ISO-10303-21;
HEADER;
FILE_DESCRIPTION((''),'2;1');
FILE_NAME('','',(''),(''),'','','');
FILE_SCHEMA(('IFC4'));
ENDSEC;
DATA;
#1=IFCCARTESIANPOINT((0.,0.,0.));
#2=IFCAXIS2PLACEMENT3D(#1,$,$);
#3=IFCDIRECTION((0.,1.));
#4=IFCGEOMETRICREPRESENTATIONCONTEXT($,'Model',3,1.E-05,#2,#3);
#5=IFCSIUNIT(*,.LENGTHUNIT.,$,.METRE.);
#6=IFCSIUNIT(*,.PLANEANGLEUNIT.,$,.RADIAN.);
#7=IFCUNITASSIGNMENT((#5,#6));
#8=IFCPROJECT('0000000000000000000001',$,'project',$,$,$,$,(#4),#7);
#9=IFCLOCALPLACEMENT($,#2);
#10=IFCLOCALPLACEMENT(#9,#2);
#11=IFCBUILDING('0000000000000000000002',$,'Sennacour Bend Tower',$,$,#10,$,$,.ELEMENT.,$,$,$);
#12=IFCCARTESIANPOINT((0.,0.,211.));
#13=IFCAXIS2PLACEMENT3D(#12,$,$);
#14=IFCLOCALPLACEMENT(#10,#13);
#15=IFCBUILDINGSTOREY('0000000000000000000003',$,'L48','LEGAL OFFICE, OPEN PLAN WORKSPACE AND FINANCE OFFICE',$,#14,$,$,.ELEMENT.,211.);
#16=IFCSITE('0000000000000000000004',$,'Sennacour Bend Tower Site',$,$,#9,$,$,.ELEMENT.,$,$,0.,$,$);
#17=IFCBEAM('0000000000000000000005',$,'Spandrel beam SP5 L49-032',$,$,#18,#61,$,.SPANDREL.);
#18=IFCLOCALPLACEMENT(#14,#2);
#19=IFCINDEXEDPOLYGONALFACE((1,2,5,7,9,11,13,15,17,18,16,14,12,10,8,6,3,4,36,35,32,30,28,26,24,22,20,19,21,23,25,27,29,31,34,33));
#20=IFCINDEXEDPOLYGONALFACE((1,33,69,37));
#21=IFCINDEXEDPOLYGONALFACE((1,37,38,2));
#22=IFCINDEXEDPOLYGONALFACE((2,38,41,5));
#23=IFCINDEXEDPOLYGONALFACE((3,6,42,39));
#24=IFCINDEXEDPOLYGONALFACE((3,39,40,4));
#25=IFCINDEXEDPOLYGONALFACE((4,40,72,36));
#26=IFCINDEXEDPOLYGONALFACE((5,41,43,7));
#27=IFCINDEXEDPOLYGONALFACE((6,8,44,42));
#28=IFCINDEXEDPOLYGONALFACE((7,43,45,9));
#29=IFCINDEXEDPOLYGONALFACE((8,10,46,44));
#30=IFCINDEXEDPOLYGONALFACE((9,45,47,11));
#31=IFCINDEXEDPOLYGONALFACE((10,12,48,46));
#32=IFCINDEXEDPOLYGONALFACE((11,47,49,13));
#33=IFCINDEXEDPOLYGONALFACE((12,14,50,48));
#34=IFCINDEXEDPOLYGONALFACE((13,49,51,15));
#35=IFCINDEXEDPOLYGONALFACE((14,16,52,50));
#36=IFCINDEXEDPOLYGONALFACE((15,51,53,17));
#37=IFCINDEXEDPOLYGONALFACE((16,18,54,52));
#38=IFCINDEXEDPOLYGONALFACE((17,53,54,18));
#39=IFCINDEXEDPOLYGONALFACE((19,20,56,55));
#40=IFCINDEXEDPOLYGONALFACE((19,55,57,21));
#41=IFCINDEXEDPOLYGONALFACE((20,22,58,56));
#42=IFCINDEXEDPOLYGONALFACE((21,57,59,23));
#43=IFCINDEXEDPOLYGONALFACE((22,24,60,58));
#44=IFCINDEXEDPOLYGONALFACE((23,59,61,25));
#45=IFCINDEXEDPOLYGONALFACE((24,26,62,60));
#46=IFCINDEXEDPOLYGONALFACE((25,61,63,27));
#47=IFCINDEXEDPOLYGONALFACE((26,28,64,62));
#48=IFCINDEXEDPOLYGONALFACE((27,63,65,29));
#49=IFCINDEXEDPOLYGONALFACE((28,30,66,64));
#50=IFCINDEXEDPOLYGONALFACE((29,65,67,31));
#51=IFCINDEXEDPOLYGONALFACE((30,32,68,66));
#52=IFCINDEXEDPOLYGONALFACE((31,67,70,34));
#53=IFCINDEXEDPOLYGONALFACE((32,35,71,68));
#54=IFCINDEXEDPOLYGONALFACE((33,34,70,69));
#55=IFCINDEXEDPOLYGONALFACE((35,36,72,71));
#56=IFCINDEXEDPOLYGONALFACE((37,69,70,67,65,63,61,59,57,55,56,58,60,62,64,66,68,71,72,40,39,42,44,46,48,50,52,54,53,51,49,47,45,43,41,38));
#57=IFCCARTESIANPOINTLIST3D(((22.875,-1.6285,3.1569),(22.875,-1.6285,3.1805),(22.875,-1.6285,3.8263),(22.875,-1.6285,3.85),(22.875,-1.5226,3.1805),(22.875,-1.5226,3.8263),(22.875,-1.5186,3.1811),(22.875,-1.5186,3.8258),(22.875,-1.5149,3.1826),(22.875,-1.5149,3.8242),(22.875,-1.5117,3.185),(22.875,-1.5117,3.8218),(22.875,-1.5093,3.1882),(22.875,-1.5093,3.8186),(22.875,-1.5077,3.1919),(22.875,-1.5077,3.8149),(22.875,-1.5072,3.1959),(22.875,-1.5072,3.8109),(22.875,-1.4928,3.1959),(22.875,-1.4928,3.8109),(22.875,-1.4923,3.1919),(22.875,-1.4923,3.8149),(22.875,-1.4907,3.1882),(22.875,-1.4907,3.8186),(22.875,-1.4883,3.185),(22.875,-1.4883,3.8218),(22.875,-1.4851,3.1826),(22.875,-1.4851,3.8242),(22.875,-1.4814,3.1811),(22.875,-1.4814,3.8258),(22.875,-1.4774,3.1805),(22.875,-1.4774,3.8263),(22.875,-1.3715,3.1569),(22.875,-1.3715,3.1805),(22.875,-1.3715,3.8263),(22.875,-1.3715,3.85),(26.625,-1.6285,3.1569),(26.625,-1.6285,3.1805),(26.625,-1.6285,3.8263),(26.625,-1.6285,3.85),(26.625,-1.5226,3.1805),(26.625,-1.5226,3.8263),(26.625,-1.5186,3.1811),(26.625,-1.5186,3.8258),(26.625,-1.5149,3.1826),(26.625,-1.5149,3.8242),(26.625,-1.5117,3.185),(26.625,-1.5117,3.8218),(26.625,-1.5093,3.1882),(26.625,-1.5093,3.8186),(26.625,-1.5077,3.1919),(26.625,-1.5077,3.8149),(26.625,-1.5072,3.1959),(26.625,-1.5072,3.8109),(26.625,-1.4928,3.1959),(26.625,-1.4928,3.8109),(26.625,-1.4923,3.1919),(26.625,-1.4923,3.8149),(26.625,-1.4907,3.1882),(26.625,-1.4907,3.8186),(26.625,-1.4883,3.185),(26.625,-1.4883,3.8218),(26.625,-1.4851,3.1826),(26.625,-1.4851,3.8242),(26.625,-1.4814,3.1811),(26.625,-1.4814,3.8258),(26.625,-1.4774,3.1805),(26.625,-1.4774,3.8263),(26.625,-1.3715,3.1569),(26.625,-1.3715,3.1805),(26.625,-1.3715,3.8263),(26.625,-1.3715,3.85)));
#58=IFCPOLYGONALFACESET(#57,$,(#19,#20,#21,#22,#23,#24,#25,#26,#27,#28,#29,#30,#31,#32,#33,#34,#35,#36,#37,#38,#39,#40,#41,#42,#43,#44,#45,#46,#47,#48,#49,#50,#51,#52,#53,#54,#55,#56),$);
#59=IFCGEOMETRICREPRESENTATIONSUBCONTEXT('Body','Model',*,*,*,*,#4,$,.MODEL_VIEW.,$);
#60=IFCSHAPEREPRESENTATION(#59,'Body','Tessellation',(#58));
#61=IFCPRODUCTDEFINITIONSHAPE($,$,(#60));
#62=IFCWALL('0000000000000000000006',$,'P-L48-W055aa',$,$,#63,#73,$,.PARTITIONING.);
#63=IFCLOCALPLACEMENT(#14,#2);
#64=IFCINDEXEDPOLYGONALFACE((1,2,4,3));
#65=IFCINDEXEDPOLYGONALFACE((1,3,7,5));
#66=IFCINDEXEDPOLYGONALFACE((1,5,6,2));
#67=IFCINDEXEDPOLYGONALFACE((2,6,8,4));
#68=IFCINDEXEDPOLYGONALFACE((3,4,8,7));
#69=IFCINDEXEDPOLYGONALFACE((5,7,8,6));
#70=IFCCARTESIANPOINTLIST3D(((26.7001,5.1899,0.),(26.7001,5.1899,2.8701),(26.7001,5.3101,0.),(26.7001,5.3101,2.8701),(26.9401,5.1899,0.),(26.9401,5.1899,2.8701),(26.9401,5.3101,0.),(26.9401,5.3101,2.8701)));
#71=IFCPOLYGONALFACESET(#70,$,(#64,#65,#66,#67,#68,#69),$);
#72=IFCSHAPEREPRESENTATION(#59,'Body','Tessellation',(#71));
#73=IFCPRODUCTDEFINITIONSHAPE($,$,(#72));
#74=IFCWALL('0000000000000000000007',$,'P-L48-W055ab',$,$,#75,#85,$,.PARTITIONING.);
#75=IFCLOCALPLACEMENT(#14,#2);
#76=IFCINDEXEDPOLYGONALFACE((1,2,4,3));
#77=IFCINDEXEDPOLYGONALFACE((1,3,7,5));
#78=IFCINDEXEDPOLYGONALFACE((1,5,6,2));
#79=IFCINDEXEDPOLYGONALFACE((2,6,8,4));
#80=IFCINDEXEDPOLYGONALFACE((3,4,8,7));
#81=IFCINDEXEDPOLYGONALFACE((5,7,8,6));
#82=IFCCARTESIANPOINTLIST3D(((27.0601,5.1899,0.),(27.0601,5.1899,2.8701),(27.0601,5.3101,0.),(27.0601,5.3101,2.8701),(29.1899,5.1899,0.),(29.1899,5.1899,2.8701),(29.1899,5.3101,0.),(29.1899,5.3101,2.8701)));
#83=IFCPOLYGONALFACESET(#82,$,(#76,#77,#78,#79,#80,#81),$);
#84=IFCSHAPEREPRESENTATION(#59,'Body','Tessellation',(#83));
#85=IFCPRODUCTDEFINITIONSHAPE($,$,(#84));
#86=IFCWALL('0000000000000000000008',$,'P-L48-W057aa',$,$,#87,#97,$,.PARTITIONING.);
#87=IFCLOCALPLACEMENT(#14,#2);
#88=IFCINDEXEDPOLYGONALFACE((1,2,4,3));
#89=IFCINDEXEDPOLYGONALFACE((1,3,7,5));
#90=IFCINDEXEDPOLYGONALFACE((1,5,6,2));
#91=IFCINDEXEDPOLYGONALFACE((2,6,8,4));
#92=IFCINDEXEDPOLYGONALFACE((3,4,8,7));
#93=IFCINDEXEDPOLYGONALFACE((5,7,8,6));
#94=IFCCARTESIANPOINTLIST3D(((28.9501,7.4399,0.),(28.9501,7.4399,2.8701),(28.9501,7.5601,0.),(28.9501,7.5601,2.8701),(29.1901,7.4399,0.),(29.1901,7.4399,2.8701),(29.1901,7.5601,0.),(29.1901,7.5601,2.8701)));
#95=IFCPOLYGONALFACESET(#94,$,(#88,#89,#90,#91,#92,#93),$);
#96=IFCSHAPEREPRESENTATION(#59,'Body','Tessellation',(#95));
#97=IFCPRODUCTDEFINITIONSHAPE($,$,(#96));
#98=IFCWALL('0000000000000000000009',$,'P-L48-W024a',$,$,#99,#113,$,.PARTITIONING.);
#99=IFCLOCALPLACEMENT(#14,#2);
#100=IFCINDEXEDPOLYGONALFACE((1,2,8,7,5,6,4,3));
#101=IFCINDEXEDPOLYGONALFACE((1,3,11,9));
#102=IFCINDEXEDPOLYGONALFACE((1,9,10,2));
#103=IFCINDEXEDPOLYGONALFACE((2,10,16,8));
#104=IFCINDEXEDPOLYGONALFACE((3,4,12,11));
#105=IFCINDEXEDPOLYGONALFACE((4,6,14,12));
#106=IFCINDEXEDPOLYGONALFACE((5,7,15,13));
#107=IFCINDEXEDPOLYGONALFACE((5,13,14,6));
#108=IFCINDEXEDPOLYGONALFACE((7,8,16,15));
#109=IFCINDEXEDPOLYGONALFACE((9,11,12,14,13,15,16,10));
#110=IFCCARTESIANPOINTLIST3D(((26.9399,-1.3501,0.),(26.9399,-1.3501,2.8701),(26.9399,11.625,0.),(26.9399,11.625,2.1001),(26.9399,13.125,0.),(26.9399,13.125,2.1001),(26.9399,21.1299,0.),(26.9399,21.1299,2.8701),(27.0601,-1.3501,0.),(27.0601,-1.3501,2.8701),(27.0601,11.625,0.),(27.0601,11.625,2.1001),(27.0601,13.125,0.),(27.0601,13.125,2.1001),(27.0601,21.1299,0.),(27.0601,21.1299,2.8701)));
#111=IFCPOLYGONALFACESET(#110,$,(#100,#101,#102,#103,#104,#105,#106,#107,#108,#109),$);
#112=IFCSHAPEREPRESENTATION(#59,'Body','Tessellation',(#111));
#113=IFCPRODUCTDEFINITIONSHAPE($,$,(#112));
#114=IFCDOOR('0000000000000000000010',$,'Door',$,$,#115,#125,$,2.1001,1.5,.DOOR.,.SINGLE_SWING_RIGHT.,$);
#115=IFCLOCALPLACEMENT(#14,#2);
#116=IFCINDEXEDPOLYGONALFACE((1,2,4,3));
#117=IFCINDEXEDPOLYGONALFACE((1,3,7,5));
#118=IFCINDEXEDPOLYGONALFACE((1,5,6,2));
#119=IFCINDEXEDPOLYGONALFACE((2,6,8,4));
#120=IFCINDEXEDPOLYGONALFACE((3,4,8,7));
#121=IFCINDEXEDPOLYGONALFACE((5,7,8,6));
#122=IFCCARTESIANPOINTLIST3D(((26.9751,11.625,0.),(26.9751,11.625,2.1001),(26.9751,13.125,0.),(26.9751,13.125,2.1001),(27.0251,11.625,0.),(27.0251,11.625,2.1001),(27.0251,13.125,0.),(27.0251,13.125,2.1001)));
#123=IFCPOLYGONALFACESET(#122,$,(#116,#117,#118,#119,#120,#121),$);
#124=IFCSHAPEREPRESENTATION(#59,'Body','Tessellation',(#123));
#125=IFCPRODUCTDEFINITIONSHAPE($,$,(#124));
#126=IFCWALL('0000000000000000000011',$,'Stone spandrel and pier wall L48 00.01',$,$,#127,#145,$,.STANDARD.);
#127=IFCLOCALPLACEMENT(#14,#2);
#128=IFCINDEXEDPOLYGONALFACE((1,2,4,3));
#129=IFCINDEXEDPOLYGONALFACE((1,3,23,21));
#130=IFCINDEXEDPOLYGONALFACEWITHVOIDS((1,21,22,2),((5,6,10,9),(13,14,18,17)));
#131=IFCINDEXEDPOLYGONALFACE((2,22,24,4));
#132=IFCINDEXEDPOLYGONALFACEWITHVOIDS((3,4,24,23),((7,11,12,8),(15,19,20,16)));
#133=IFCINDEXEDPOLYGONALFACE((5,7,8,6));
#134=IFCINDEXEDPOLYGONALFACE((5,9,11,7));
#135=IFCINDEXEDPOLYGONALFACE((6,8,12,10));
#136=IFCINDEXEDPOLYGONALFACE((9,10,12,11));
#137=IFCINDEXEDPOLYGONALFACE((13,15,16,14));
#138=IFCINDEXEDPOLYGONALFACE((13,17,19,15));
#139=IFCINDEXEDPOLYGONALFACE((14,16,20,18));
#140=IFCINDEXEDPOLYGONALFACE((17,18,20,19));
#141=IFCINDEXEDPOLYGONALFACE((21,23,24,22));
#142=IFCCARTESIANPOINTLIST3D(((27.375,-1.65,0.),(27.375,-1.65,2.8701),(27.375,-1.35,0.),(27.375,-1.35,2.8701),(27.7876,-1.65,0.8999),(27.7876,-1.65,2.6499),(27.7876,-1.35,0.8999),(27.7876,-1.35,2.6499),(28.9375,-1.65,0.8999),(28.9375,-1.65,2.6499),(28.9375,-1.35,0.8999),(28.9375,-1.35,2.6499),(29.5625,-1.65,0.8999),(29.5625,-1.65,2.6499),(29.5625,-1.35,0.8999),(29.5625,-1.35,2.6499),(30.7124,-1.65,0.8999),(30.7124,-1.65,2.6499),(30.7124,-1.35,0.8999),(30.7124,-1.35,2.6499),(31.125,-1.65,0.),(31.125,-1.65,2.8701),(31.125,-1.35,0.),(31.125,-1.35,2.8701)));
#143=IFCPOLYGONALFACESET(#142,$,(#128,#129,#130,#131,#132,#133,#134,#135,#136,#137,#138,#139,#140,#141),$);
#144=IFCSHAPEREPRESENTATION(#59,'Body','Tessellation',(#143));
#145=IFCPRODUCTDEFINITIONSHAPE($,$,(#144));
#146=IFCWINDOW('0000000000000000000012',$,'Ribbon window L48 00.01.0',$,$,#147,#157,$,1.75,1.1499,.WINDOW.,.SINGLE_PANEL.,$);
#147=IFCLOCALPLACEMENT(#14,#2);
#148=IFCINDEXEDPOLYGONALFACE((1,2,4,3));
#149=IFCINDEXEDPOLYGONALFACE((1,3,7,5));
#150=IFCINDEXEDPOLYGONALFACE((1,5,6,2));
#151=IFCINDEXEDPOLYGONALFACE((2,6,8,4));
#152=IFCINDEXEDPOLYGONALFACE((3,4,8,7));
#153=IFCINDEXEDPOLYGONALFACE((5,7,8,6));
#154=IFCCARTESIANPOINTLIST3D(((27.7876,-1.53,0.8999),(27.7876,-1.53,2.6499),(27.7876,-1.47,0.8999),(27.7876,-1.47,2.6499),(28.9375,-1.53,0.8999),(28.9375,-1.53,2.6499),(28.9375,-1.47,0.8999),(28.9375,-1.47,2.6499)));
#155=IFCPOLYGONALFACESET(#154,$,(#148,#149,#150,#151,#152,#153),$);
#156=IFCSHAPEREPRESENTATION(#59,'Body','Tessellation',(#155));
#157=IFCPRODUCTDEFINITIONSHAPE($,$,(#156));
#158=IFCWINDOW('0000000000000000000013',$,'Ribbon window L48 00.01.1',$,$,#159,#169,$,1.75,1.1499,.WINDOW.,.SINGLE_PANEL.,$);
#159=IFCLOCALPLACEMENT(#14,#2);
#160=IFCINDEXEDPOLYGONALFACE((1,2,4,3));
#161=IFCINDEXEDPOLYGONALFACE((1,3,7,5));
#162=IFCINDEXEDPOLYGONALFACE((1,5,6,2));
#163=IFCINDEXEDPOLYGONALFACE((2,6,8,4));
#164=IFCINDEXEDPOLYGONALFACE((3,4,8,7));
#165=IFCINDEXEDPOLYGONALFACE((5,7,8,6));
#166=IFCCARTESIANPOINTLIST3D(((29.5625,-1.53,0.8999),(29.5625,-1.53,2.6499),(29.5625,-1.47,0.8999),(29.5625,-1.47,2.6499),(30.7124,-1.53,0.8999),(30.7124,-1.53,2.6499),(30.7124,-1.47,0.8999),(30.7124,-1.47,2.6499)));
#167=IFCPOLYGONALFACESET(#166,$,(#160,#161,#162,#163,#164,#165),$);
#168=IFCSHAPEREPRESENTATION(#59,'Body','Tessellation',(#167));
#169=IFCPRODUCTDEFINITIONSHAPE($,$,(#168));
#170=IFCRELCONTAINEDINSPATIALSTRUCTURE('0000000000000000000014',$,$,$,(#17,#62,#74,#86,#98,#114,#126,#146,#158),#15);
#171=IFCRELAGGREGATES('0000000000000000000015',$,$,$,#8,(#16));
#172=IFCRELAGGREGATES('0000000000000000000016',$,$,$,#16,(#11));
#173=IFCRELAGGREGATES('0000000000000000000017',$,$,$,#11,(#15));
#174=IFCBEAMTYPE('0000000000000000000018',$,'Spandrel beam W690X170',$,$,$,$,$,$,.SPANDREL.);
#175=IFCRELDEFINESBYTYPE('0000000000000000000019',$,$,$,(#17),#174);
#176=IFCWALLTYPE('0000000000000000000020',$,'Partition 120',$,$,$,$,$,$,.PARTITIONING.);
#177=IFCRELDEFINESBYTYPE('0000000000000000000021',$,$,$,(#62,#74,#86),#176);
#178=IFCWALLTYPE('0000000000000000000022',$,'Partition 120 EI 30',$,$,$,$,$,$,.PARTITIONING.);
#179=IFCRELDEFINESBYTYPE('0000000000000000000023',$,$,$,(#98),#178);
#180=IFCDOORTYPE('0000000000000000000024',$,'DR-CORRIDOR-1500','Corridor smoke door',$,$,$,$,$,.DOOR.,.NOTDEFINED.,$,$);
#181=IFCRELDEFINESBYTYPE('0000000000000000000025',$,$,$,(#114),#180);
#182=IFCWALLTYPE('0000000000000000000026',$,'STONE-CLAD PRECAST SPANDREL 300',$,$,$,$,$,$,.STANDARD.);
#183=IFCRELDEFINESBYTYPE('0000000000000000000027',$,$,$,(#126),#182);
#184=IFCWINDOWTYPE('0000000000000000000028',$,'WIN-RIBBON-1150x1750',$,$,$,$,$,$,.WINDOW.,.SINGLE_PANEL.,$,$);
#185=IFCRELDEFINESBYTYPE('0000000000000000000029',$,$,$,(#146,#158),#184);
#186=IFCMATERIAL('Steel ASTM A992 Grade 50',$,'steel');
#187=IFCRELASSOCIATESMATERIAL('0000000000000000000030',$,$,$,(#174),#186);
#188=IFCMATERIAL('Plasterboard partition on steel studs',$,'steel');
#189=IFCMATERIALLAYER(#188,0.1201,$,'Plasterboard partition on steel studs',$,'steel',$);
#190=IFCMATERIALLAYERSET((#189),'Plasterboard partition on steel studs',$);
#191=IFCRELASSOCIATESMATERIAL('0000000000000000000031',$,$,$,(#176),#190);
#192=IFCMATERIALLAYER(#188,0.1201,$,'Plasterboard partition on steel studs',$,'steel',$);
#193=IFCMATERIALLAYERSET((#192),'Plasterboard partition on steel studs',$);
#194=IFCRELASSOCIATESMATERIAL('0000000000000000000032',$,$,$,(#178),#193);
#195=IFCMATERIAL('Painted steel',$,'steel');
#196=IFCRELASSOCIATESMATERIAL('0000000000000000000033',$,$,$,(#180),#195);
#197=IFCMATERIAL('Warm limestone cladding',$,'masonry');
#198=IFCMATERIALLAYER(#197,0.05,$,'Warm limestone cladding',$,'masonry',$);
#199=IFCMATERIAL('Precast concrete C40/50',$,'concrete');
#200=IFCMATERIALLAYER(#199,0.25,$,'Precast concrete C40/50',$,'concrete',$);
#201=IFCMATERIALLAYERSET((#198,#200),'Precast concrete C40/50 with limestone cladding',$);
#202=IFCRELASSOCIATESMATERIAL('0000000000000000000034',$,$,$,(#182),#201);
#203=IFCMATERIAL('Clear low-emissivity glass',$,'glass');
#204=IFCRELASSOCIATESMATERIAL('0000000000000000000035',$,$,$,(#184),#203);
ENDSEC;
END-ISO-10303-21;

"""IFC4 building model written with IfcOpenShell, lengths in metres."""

from ifc_helpers import new_model, si_unit, direction, frame, frame_2d, origin, origin_2d, place, context, subcontext, project, spatial, rectangle, i_section, extrude, material, layer, layer_set, material_profile, profile_set, type_object, element, fill, save


model = new_model("IFC4")

# Units and contexts
model_context = context("Model", 3, precision=1e-05, world=origin(), true_north=direction((0.0, 1.0)))
body_context = subcontext(model_context, "Body", "Model", "MODEL_VIEW")
ifc_project = project(units=[si_unit("LENGTHUNIT", "METRE"), si_unit("PLANEANGLEUNIT", "RADIAN")], contexts=[model_context])

# Site, building, storey
site_placement = place(None, origin())
site = spatial("IfcSite", under=ifc_project, at=site_placement, Name="Sennacour Bend Tower Site", CompositionType="ELEMENT", RefElevation=0.0)
building_placement = place(site_placement, origin())
building = spatial("IfcBuilding", under=site, at=building_placement, Name="Sennacour Bend Tower", CompositionType="ELEMENT")
storey_placement = place(building_placement, frame((0.0, 0.0, 211.0)))
storey = spatial("IfcBuildingStorey", under=building, at=storey_placement, Name="L48", Description="LEGAL OFFICE, OPEN PLAN WORKSPACE AND FINANCE OFFICE", CompositionType="ELEMENT", Elevation=211.0)

# Beam
ifc_material_1 = material(Name="Steel ASTM A992 Grade 50", Category="steel")
ifc_material_profile_1 = material_profile(ifc_material_1, i_section(OverallWidth=0.2571, OverallDepth=0.6931, WebThickness=0.0144, FlangeThickness=0.0237, FilletRadius=0.0154, at=origin_2d()), Name="Steel ASTM A992 Grade 50", Category="steel")
ifc_profile_set_1 = profile_set([ifc_material_profile_1], Name="Steel ASTM A992 Grade 50")
beam_type_1 = type_object("IfcBeamType", Name="Spandrel beam W690X170", PredefinedType="SPANDREL", material=ifc_profile_set_1)
beam_1_placement = place(storey_placement, frame((26.625, -1.5, 3.5034), z_axis=(-1.0, 0.0, 0.0), x_axis=(0.0, -1.0, 0.0)))
element("IfcBeam", 1, at=beam_1_placement, inside=storey, type_object=beam_type_1, Name="Spandrel beam SP5 L49-032", PredefinedType="SPANDREL", context=body_context, shape_type="SweptSolid", body=[
    extrude(i_section(OverallWidth=0.2571, OverallDepth=0.6931, WebThickness=0.0144, FlangeThickness=0.0237, FilletRadius=0.0154, at=origin_2d()), origin(), (0.0, 0.0, 1.0), 3.75),
])

# Walls
ifc_material_2 = material(Name="Plasterboard partition on steel studs", Category="steel")
ifc_layer_1 = layer(ifc_material_2, 0.1201, Name="Plasterboard partition on steel studs", Category="steel")
ifc_layer_set_1 = layer_set([ifc_layer_1], Name="Plasterboard partition on steel studs")
wall_type_1 = type_object("IfcWallType", Name="Partition 120", PredefinedType="PARTITIONING", material=ifc_layer_set_1)
wall_1_placement = place(storey_placement, frame((26.7, 5.25, 0.0), z_axis=(0.0, 0.0, 1.0), x_axis=(1.0, 0.0, 0.0)))
element("IfcWall", 2, at=wall_1_placement, inside=storey, type_object=wall_type_1, Name="P-L48-W055aa", PredefinedType="PARTITIONING", context=body_context, shape_type="SweptSolid", body=[
    extrude(rectangle(XDim=0.24, YDim=0.1201, at=frame_2d((0.1201, 0.0))), origin(), (0.0, 0.0, 1.0), 2.8701),
])
wall_2_placement = place(storey_placement, frame((27.0601, 5.25, 0.0), z_axis=(0.0, 0.0, 1.0), x_axis=(1.0, 0.0, 0.0)))
element("IfcWall", 3, at=wall_2_placement, inside=storey, type_object=wall_type_1, Name="P-L48-W055ab", PredefinedType="PARTITIONING", context=body_context, shape_type="SweptSolid", body=[
    extrude(rectangle(XDim=2.1299, YDim=0.1201, at=frame_2d((1.0649, 0.0))), origin(), (0.0, 0.0, 1.0), 2.8701),
])
wall_3_placement = place(storey_placement, frame((28.95, 7.5, 0.0), z_axis=(0.0, 0.0, 1.0), x_axis=(1.0, 0.0, 0.0)))
element("IfcWall", 4, at=wall_3_placement, inside=storey, type_object=wall_type_1, Name="P-L48-W057aa", PredefinedType="PARTITIONING", context=body_context, shape_type="SweptSolid", body=[
    extrude(rectangle(XDim=0.24, YDim=0.1201, at=frame_2d((0.1201, 0.0))), origin(), (0.0, 0.0, 1.0), 2.8701),
])

# Wall, opening, door
ifc_layer_2 = layer(ifc_material_2, 0.1201, Name="Plasterboard partition on steel studs", Category="steel")
ifc_layer_set_2 = layer_set([ifc_layer_2], Name="Plasterboard partition on steel studs")
wall_type_2 = type_object("IfcWallType", Name="Partition 120 EI 30", PredefinedType="PARTITIONING", material=ifc_layer_set_2)
wall_4_placement = place(storey_placement, frame((27.0, -1.3501, 0.0), z_axis=(0.0, 0.0, 1.0), x_axis=(0.0, 1.0, 0.0)))
wall_4 = element("IfcWall", 5, at=wall_4_placement, inside=storey, type_object=wall_type_2, Name="P-L48-W024a", PredefinedType="PARTITIONING", context=body_context, shape_type="SweptSolid", body=[
    extrude(rectangle(XDim=22.48, YDim=0.1201, at=frame_2d((11.24, 0.0))), origin(), (0.0, 0.0, 1.0), 2.8701),
])
opening_1_placement = place(wall_4_placement, frame((12.9751, 0.0, 0.0)))
opening_1 = element("IfcOpeningElement", 6, at=opening_1_placement, cuts=wall_4, PredefinedType="OPENING", context=body_context, shape_type="SweptSolid", body=[
    extrude(rectangle(XDim=1.5, YDim=2.1001, at=frame_2d((0.75, 1.05))), frame((0.0, 0.0701, 0.0), z_axis=(0.0, -1.0, 0.0), x_axis=(1.0, 0.0, 0.0)), (0.0, 0.0, 1.0), 0.1401),
])
ifc_material_3 = material(Name="Painted steel", Category="steel")
door_type = type_object("IfcDoorType", Name="DR-CORRIDOR-1500", Description="Corridor smoke door", OperationType="NOTDEFINED", PredefinedType="DOOR", material=ifc_material_3)
door_placement = place(opening_1_placement, origin())
door = element("IfcDoor", 7, at=door_placement, inside=storey, type_object=door_type, Name="Door", OperationType="SINGLE_SWING_RIGHT", OverallHeight=2.1001, OverallWidth=1.5, PredefinedType="DOOR", context=body_context, shape_type="SweptSolid", body=[
    extrude(rectangle(XDim=1.5, YDim=2.1001, at=frame_2d((0.75, 1.05))), frame((0.0, 0.0249, 0.0), z_axis=(0.0, -1.0, 0.0), x_axis=(1.0, 0.0, 0.0)), (0.0, 0.0, 1.0), 0.05),
])
fill(opening_1, door)

# Wall, openings, windows
ifc_material_4 = material(Name="Warm limestone cladding", Category="masonry")
ifc_layer_3 = layer(ifc_material_4, 0.05, Name="Warm limestone cladding", Category="masonry")
ifc_material_5 = material(Name="Precast concrete C40/50", Category="concrete")
ifc_layer_4 = layer(ifc_material_5, 0.25, Name="Precast concrete C40/50", Category="concrete")
ifc_layer_set_3 = layer_set([ifc_layer_3, ifc_layer_4], Name="Precast concrete C40/50 with limestone cladding")
wall_type_3 = type_object("IfcWallType", Name="STONE-CLAD PRECAST SPANDREL 300", PredefinedType="STANDARD", material=ifc_layer_set_3)
wall_5_placement = place(storey_placement, frame((27.375, -1.5, 0.0), z_axis=(0.0, 0.0, 1.0), x_axis=(1.0, 0.0, 0.0)))
wall_5 = element("IfcWall", 8, at=wall_5_placement, inside=storey, type_object=wall_type_3, Name="Stone spandrel and pier wall L48 00.01", PredefinedType="STANDARD", context=body_context, shape_type="SweptSolid", body=[
    extrude(rectangle(XDim=3.75, YDim=0.3, at=frame_2d((1.875, 0.0))), origin(), (0.0, 0.0, 1.0), 2.8701),
])
opening_2_placement = place(wall_5_placement, frame((0.4126, 0.0, 0.8999)))
opening_2 = element("IfcOpeningElement", 9, at=opening_2_placement, cuts=wall_5, PredefinedType="OPENING", context=body_context, shape_type="SweptSolid", body=[
    extrude(rectangle(XDim=1.1499, YDim=1.75, at=frame_2d((0.575, 0.875))), frame((0.0, 0.1602, 0.0), z_axis=(0.0, -1.0, 0.0), x_axis=(1.0, 0.0, 0.0)), (0.0, 0.0, 1.0), 0.3201),
])
opening_3_placement = place(wall_5_placement, frame((2.1875, 0.0, 0.8999)))
opening_3 = element("IfcOpeningElement", 10, at=opening_3_placement, cuts=wall_5, PredefinedType="OPENING", context=body_context, shape_type="SweptSolid", body=[
    extrude(rectangle(XDim=1.1499, YDim=1.75, at=frame_2d((0.575, 0.875))), frame((0.0, 0.1602, 0.0), z_axis=(0.0, -1.0, 0.0), x_axis=(1.0, 0.0, 0.0)), (0.0, 0.0, 1.0), 0.3201),
])
ifc_material_6 = material(Name="Clear low-emissivity glass", Category="glass")
window_type = type_object("IfcWindowType", Name="WIN-RIBBON-1150x1750", PartitioningType="SINGLE_PANEL", PredefinedType="WINDOW", material=ifc_material_6)
window_1_placement = place(opening_2_placement, origin())
window_1 = element("IfcWindow", 11, at=window_1_placement, inside=storey, type_object=window_type, Name="Ribbon window L48 00.01.0", OverallHeight=1.75, OverallWidth=1.1499, PartitioningType="SINGLE_PANEL", PredefinedType="WINDOW", context=body_context, shape_type="SweptSolid", body=[
    extrude(rectangle(XDim=1.1499, YDim=1.75, at=frame_2d((0.575, 0.875))), frame((0.0, 0.03, 0.0), z_axis=(0.0, -1.0, 0.0), x_axis=(1.0, 0.0, 0.0)), (0.0, 0.0, 1.0), 0.0601),
])
fill(opening_2, window_1)
window_2_placement = place(opening_3_placement, origin())
window_2 = element("IfcWindow", 12, at=window_2_placement, inside=storey, type_object=window_type, Name="Ribbon window L48 00.01.1", OverallHeight=1.75, OverallWidth=1.1499, PartitioningType="SINGLE_PANEL", PredefinedType="WINDOW", context=body_context, shape_type="SweptSolid", body=[
    extrude(rectangle(XDim=1.1499, YDim=1.75, at=frame_2d((0.575, 0.875))), frame((0.0, 0.03, 0.0), z_axis=(0.0, -1.0, 0.0), x_axis=(1.0, 0.0, 0.0)), (0.0, 0.0, 1.0), 0.0601),
])
fill(opening_3, window_2)

save(model, "model.ifc")
